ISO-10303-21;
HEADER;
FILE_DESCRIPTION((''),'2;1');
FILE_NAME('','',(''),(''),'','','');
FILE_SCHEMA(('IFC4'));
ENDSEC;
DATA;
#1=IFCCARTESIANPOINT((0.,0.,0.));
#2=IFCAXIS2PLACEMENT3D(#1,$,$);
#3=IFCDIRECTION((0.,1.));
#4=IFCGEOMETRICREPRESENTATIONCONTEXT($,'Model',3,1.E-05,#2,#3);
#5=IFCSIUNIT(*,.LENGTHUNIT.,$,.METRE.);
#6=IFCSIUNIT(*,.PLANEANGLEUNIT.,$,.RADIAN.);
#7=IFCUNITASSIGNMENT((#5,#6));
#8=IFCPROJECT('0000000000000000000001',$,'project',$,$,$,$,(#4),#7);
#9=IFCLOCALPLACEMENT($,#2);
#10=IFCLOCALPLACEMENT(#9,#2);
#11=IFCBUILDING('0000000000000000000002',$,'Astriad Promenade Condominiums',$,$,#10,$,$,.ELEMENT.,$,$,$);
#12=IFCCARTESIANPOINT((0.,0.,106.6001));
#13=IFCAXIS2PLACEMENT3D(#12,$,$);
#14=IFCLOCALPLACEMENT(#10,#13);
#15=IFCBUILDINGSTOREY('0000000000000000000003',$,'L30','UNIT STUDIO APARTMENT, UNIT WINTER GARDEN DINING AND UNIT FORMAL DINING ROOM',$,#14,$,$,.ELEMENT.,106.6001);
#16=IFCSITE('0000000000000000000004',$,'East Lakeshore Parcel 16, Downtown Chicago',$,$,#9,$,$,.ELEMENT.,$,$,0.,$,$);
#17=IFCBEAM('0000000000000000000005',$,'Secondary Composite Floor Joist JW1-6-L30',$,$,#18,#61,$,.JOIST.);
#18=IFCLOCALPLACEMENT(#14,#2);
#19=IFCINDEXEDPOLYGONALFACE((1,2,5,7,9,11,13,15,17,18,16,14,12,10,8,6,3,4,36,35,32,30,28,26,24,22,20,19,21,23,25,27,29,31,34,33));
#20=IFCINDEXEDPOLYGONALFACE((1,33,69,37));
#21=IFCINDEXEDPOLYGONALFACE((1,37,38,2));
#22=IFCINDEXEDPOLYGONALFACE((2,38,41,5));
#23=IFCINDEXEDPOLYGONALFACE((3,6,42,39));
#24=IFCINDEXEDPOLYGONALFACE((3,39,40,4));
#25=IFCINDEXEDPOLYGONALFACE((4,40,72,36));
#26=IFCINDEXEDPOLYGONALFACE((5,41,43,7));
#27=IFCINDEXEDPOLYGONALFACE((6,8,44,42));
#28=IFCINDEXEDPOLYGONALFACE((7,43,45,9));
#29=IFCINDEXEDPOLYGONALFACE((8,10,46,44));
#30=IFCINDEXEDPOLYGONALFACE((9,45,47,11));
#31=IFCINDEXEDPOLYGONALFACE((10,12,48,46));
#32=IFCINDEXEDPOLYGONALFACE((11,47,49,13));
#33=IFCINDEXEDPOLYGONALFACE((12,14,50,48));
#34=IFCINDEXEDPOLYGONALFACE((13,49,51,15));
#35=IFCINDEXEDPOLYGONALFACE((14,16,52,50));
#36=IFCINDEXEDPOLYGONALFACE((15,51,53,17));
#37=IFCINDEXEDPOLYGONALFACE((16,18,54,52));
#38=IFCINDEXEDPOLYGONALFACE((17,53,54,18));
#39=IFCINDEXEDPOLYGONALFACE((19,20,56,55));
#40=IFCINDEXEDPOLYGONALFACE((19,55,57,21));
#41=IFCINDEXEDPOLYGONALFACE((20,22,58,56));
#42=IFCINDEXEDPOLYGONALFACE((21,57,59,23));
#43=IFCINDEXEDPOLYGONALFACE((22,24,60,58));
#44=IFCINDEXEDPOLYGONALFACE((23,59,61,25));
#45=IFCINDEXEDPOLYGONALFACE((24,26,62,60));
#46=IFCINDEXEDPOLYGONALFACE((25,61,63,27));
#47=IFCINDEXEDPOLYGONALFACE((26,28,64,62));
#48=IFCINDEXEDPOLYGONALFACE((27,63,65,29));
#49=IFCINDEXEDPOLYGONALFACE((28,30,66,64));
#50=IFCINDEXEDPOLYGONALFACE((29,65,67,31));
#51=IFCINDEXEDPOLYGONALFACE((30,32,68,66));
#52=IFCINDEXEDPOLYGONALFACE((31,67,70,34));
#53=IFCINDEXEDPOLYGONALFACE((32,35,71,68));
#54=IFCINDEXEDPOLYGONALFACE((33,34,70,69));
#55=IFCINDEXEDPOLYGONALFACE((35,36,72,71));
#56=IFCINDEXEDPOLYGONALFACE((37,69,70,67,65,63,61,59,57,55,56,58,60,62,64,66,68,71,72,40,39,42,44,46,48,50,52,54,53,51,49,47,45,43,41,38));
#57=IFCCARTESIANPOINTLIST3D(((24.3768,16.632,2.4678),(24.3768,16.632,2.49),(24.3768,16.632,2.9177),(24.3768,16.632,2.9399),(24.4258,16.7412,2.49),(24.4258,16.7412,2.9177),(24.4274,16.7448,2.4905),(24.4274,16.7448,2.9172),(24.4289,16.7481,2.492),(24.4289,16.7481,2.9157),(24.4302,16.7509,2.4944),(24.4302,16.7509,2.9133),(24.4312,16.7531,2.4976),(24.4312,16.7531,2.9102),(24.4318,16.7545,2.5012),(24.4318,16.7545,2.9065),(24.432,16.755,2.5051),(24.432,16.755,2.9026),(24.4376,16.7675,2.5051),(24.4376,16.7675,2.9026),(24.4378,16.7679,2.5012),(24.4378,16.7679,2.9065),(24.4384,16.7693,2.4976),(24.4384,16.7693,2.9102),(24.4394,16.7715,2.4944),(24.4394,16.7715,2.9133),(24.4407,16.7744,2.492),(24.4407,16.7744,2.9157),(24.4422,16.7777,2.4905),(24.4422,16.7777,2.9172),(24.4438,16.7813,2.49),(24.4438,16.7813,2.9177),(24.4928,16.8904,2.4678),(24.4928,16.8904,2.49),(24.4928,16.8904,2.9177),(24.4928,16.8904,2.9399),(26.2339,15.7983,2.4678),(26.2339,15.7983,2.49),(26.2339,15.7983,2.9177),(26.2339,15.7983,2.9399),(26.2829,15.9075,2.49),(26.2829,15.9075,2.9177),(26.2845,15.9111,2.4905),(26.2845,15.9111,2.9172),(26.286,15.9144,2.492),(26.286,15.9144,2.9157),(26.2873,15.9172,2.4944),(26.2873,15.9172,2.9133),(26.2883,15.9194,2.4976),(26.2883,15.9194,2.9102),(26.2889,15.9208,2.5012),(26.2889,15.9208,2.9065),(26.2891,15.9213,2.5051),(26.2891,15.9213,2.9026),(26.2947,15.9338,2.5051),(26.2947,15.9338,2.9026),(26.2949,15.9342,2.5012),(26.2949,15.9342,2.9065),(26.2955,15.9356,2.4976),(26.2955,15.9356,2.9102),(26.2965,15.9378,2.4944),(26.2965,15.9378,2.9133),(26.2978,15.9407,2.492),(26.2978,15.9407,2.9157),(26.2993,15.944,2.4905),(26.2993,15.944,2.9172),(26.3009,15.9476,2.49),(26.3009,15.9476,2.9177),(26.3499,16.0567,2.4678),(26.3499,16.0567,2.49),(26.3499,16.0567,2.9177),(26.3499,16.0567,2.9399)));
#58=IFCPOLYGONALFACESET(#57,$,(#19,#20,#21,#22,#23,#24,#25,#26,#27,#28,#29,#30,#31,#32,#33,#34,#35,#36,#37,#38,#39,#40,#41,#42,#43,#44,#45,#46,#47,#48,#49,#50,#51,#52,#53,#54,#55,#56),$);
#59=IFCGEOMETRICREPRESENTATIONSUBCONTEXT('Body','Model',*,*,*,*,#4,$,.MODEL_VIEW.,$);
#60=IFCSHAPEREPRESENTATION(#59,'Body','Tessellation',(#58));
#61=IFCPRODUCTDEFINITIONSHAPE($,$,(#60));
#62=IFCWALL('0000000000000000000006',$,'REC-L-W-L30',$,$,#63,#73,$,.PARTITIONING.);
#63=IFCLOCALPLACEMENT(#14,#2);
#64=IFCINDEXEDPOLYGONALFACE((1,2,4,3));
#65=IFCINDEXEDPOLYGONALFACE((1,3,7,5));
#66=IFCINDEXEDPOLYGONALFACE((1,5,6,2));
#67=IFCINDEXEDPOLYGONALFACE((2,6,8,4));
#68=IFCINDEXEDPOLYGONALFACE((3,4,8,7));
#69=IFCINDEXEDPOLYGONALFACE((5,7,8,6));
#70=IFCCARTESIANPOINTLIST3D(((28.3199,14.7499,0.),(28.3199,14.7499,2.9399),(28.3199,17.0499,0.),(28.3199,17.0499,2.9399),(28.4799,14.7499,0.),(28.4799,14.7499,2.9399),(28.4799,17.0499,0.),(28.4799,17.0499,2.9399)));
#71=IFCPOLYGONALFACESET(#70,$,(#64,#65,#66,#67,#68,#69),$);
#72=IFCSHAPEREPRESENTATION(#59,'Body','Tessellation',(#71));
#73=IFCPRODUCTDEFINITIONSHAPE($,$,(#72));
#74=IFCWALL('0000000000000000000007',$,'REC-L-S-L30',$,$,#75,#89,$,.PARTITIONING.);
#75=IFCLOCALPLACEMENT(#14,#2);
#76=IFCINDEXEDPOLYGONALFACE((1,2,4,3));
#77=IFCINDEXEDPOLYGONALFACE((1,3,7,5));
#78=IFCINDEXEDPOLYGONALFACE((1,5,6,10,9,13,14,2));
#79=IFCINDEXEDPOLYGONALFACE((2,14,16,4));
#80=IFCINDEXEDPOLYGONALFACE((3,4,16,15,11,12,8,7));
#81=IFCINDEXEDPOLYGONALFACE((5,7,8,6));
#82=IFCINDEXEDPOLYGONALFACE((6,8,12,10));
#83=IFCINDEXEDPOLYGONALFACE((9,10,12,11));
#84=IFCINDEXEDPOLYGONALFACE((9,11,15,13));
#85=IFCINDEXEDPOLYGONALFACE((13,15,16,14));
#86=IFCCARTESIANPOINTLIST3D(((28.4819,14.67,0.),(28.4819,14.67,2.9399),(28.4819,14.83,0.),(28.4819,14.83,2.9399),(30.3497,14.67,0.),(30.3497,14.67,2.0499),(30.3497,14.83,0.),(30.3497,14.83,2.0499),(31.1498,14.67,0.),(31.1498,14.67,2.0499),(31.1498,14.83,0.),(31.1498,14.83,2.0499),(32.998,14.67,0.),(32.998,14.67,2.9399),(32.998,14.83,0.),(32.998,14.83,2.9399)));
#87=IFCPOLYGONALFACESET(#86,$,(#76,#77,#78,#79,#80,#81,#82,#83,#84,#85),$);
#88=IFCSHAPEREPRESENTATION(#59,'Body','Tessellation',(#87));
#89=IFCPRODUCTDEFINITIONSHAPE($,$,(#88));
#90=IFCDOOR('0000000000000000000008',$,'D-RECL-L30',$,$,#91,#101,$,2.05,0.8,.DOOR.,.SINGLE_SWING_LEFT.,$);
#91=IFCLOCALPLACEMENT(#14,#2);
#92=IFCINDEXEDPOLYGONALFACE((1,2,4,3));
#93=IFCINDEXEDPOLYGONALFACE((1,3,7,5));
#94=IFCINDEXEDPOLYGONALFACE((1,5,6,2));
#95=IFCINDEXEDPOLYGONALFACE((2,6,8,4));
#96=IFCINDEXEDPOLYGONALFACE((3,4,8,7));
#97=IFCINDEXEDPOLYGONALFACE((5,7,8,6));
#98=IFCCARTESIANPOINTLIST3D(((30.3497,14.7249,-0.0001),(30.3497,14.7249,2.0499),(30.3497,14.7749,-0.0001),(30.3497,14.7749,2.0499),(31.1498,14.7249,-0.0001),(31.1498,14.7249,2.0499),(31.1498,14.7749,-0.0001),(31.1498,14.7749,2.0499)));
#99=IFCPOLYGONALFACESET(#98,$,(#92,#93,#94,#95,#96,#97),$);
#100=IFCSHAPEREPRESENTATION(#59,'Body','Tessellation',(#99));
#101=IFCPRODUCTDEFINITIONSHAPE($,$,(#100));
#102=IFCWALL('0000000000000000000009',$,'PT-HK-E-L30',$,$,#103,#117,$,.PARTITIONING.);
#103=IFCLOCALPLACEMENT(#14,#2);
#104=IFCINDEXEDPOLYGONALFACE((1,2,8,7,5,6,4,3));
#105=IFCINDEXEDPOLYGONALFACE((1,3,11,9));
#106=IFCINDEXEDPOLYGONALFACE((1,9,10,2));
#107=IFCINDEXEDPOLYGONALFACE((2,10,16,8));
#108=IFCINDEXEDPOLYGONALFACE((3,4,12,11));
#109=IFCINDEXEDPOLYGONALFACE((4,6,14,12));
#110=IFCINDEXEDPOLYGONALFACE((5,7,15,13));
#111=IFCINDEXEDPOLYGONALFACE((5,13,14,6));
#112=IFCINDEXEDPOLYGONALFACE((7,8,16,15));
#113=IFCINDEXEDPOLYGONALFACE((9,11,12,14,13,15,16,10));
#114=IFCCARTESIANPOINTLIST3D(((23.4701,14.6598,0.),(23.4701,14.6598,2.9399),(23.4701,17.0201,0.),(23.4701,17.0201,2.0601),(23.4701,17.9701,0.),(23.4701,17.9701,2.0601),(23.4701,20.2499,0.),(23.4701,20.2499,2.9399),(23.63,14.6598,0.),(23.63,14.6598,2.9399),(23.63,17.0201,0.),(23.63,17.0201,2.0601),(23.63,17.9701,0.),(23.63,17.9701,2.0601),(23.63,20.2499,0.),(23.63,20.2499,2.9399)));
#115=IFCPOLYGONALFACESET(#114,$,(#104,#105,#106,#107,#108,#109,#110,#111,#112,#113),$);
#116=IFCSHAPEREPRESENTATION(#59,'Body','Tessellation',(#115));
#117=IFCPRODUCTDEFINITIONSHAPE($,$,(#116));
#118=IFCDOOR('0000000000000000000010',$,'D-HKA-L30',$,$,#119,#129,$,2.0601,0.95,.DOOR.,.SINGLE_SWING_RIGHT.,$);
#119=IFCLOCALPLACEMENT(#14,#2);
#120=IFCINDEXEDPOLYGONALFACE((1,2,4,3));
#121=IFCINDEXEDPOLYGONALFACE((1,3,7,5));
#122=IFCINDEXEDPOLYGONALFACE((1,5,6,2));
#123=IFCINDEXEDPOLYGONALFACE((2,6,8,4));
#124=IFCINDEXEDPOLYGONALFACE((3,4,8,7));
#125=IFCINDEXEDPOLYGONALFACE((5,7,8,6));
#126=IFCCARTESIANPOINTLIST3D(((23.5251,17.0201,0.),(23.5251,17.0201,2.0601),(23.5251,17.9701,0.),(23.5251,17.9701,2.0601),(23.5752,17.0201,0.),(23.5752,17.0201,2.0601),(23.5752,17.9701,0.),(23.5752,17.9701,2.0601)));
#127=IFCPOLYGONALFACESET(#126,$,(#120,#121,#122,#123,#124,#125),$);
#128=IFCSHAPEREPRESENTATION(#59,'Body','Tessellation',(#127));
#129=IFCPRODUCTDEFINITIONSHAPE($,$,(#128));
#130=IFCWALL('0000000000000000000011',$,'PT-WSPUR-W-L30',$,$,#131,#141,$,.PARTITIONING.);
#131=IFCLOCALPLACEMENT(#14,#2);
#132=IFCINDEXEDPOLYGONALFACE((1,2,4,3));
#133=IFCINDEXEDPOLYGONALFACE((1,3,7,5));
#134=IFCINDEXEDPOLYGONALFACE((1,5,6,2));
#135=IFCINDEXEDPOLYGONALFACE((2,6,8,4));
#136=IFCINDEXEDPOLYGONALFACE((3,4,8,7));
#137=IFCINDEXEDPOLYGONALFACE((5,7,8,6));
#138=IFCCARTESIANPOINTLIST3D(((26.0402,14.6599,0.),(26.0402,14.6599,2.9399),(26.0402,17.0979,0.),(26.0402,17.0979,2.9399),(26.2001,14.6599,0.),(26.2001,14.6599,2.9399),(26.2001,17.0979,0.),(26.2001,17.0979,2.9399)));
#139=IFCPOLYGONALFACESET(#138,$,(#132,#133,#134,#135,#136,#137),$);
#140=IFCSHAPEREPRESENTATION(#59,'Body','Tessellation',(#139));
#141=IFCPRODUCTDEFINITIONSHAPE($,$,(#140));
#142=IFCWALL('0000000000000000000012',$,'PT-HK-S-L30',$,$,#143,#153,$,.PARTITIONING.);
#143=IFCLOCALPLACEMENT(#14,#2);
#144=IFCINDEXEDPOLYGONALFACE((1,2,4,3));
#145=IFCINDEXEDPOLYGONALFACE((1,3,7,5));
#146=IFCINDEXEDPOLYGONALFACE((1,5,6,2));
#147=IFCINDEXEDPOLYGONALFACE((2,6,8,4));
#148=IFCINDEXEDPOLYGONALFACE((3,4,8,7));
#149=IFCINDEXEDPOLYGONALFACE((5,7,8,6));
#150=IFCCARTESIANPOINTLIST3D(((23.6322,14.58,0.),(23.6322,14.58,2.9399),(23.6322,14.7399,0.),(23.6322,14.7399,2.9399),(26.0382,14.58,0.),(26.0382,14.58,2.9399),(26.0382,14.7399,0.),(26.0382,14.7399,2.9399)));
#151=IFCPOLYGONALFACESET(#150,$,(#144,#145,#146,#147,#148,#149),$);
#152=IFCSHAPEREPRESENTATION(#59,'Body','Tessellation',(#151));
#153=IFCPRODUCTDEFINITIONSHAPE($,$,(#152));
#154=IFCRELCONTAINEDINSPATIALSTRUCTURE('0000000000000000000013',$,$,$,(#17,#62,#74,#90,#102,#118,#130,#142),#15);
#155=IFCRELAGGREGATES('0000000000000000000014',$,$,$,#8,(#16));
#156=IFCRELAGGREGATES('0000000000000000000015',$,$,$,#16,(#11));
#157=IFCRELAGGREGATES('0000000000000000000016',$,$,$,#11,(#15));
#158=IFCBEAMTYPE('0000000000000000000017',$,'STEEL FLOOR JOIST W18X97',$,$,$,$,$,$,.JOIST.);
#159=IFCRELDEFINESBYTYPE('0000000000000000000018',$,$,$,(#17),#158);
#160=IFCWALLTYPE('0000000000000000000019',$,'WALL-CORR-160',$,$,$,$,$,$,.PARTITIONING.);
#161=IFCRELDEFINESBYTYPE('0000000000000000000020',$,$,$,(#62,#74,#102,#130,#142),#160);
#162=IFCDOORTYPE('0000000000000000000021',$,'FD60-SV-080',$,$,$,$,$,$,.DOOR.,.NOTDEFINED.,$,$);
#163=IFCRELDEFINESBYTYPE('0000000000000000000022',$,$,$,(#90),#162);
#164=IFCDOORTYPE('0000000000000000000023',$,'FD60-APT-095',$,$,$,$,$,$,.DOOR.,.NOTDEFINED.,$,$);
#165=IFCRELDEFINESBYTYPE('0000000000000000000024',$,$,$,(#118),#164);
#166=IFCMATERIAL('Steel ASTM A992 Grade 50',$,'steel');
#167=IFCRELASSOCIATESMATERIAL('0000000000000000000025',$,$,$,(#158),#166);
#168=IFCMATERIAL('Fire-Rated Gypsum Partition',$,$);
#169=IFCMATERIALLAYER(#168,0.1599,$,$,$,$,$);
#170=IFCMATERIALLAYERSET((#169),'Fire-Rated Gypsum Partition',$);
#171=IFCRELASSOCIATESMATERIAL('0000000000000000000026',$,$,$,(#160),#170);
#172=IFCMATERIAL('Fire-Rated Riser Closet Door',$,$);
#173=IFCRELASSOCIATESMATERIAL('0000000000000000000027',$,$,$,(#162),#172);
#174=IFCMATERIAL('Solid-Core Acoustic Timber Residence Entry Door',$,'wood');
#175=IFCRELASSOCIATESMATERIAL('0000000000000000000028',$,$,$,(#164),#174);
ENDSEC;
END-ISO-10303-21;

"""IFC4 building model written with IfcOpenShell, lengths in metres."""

from ifc_helpers import new_model, si_unit, direction, frame, frame_2d, origin, origin_2d, place, context, subcontext, project, spatial, rectangle, i_section, extrude, source, transform, mapped, material, layer, layer_set, material_profile, profile_set, type_object, type_shapes, element, fill, save


model = new_model("IFC4")

# Units and contexts
model_context = context("Model", 3, precision=1e-05, world=origin(), true_north=direction((0.0, 1.0)))
body_context = subcontext(model_context, "Body", "Model", "MODEL_VIEW")
ifc_project = project(units=[si_unit("LENGTHUNIT", "METRE"), si_unit("PLANEANGLEUNIT", "RADIAN")], contexts=[model_context])

# Site, building, storey
site_placement = place(None, origin())
site = spatial("IfcSite", under=ifc_project, at=site_placement, Name="East Lakeshore Parcel 16, Downtown Chicago", CompositionType="ELEMENT", RefElevation=0.0)
building_placement = place(site_placement, origin())
building = spatial("IfcBuilding", under=site, at=building_placement, Name="Astriad Promenade Condominiums", CompositionType="ELEMENT")
storey_placement = place(building_placement, frame((0.0, 0.0, 106.6001)))
storey = spatial("IfcBuildingStorey", under=building, at=storey_placement, Name="L30", Description="UNIT STUDIO APARTMENT, UNIT WINTER GARDEN DINING AND UNIT FORMAL DINING ROOM", CompositionType="ELEMENT", Elevation=106.6001)

# Shared definitions
ifc_material_1 = material(Name="Steel ASTM A992 Grade 50", Category="steel")

# Beam
ifc_material_profile_1 = material_profile(ifc_material_1, i_section(OverallWidth=0.2832, OverallDepth=0.4722, WebThickness=0.0137, FlangeThickness=0.0222, FilletRadius=0.0151, at=origin_2d()), Name="W18X97")
ifc_profile_set_1 = profile_set([ifc_material_profile_1], Name="Steel ASTM A992 Grade 50")
beam_type_1 = type_object("IfcBeamType", Name="STEEL FLOOR JOIST W18X97", PredefinedType="JOIST", material=ifc_profile_set_1)
shared_shape_1 = source(origin(), body_context, "Body", "SweptSolid", [
    extrude(i_section(OverallWidth=0.2832, OverallDepth=0.4722, WebThickness=0.0137, FlangeThickness=0.0222, FilletRadius=0.0151, at=origin_2d()), origin(), (0.0, 0.0, 1.0), 2.0356),
])
beam_1_placement = place(storey_placement, frame((24.4348, 16.7612, 2.7039), z_axis=(0.912287, -0.409552, 0.0), x_axis=(0.409552, 0.912287, 0.0)))
element("IfcBeam", 1, at=beam_1_placement, inside=storey, type_object=beam_type_1, Name="Secondary Composite Floor Joist JW1-6-L30", PredefinedType="JOIST", context=body_context, shape_type="MappedRepresentation", body=[
    mapped(shared_shape_1, transform((0.0, 0.0, 0.0), scale=1.0)),
])

# Wall
ifc_material_2 = material(Name="Fire-Rated Gypsum Partition")
ifc_layer_1 = layer(ifc_material_2, 0.1599)
ifc_layer_set_1 = layer_set([ifc_layer_1], Name="Fire-Rated Gypsum Partition")
wall_type_1 = type_object("IfcWallType", Name="WALL-CORR-160", PredefinedType="PARTITIONING", material=ifc_layer_set_1)
wall_1_placement = place(storey_placement, frame((28.3999, 14.75, 0.0), z_axis=(0.0, 0.0, 1.0), x_axis=(0.0, 1.0, 0.0)))
element("IfcWall", 2, at=wall_1_placement, inside=storey, type_object=wall_type_1, Name="REC-L-W-L30", PredefinedType="PARTITIONING", context=body_context, shape_type="SweptSolid", body=[
    extrude(rectangle(XDim=2.3, YDim=0.1599, at=frame_2d((1.1499, 0.0))), origin(), (0.0, 0.0, 1.0), 2.9399),
])

# Walls, openings, doors
wall_2_placement = place(storey_placement, frame((28.4819, 14.75, 0.0), z_axis=(0.0, 0.0, 1.0), x_axis=(1.0, 0.0, 0.0)))
wall_2 = element("IfcWall", 3, at=wall_2_placement, inside=storey, type_object=wall_type_1, Name="REC-L-S-L30", PredefinedType="PARTITIONING", context=body_context, shape_type="SweptSolid", body=[
    extrude(rectangle(XDim=4.5161, YDim=0.1599, at=frame_2d((2.2581, 0.0))), origin(), (0.0, 0.0, 1.0), 2.9399),
])
opening_1_placement = place(wall_2_placement, frame((1.8679, 0.0, 0.0)))
opening_1 = element("IfcOpeningElement", 4, at=opening_1_placement, cuts=wall_2, PredefinedType="OPENING", context=body_context, shape_type="SweptSolid", body=[
    extrude(rectangle(XDim=0.8, YDim=2.05, at=frame_2d((0.3999, 1.0249))), frame((0.0, 0.0898, 0.0), z_axis=(0.0, -1.0, 0.0), x_axis=(1.0, 0.0, 0.0)), (0.0, 0.0, 1.0), 0.1799),
])
ifc_material_3 = material(Name="Fire-Rated Riser Closet Door")
door_type_1 = type_object("IfcDoorType", Name="FD60-SV-080", OperationType="NOTDEFINED", PredefinedType="DOOR", material=ifc_material_3)
shared_shape_2 = source(origin(), body_context, "Body", "SweptSolid", [
    extrude(rectangle(XDim=0.8, YDim=2.05, at=frame_2d((0.3999, 1.0249))), frame((0.0, 0.0249, 0.0), z_axis=(0.0, -1.0, 0.0), x_axis=(1.0, 0.0, 0.0)), (0.0, 0.0, 1.0), 0.05),
])
type_shapes(door_type_1, [shared_shape_2])
door_1_placement = place(opening_1_placement, origin())
door_1 = element("IfcDoor", 5, at=door_1_placement, inside=storey, type_object=door_type_1, Name="D-RECL-L30", OperationType="SINGLE_SWING_LEFT", OverallHeight=2.05, OverallWidth=0.8, PredefinedType="DOOR", context=body_context, shape_type="MappedRepresentation", body=[
    mapped(shared_shape_2, transform((0.0, 0.0, 0.0), scale=1.0)),
])
fill(opening_1, door_1)
wall_3_placement = place(storey_placement, frame((23.55, 14.6599, 0.0), z_axis=(0.0, 0.0, 1.0), x_axis=(0.0, 1.0, 0.0)))
wall_3 = element("IfcWall", 6, at=wall_3_placement, inside=storey, type_object=wall_type_1, Name="PT-HK-E-L30", PredefinedType="PARTITIONING", context=body_context, shape_type="SweptSolid", body=[
    extrude(rectangle(XDim=5.5901, YDim=0.1599, at=frame_2d((2.7949, 0.0))), origin(), (0.0, 0.0, 1.0), 2.9399),
])
opening_2_placement = place(wall_3_placement, frame((2.3601, 0.0, 0.0)))
opening_2 = element("IfcOpeningElement", 7, at=opening_2_placement, cuts=wall_3, PredefinedType="OPENING", context=body_context, shape_type="SweptSolid", body=[
    extrude(rectangle(XDim=0.95, YDim=2.0601, at=frame_2d((0.4751, 1.03))), frame((0.0, 0.0898, 0.0), z_axis=(0.0, -1.0, 0.0), x_axis=(1.0, 0.0, 0.0)), (0.0, 0.0, 1.0), 0.1799),
])
ifc_material_4 = material(Name="Solid-Core Acoustic Timber Residence Entry Door", Category="wood")
door_type_2 = type_object("IfcDoorType", Name="FD60-APT-095", OperationType="NOTDEFINED", PredefinedType="DOOR", material=ifc_material_4)
shared_shape_3 = source(origin(), body_context, "Body", "SweptSolid", [
    extrude(rectangle(XDim=0.95, YDim=2.0601, at=frame_2d((0.4751, 1.03))), frame((0.0, 0.0249, 0.0), z_axis=(0.0, -1.0, 0.0), x_axis=(1.0, 0.0, 0.0)), (0.0, 0.0, 1.0), 0.05),
])
type_shapes(door_type_2, [shared_shape_3])
door_2_placement = place(opening_2_placement, origin())
door_2 = element("IfcDoor", 8, at=door_2_placement, inside=storey, type_object=door_type_2, Name="D-HKA-L30", OperationType="SINGLE_SWING_RIGHT", OverallHeight=2.0601, OverallWidth=0.95, PredefinedType="DOOR", context=body_context, shape_type="MappedRepresentation", body=[
    mapped(shared_shape_3, transform((0.0, 0.0, 0.0), scale=1.0)),
])
fill(opening_2, door_2)

# Walls
wall_4_placement = place(storey_placement, frame((26.1201, 14.6599, 0.0), z_axis=(0.0, 0.0, 1.0), x_axis=(0.0, 1.0, 0.0)))
element("IfcWall", 9, at=wall_4_placement, inside=storey, type_object=wall_type_1, Name="PT-WSPUR-W-L30", PredefinedType="PARTITIONING", context=body_context, shape_type="SweptSolid", body=[
    extrude(rectangle(XDim=2.438, YDim=0.1599, at=frame_2d((1.219, 0.0))), origin(), (0.0, 0.0, 1.0), 2.9399),
])
wall_5_placement = place(storey_placement, frame((23.6321, 14.6599, 0.0), z_axis=(0.0, 0.0, 1.0), x_axis=(1.0, 0.0, 0.0)))
element("IfcWall", 10, at=wall_5_placement, inside=storey, type_object=wall_type_1, Name="PT-HK-S-L30", PredefinedType="PARTITIONING", context=body_context, shape_type="SweptSolid", body=[
    extrude(rectangle(XDim=2.406, YDim=0.1599, at=frame_2d((1.2031, 0.0))), origin(), (0.0, 0.0, 1.0), 2.9399),
])

save(model, "model.ifc")
